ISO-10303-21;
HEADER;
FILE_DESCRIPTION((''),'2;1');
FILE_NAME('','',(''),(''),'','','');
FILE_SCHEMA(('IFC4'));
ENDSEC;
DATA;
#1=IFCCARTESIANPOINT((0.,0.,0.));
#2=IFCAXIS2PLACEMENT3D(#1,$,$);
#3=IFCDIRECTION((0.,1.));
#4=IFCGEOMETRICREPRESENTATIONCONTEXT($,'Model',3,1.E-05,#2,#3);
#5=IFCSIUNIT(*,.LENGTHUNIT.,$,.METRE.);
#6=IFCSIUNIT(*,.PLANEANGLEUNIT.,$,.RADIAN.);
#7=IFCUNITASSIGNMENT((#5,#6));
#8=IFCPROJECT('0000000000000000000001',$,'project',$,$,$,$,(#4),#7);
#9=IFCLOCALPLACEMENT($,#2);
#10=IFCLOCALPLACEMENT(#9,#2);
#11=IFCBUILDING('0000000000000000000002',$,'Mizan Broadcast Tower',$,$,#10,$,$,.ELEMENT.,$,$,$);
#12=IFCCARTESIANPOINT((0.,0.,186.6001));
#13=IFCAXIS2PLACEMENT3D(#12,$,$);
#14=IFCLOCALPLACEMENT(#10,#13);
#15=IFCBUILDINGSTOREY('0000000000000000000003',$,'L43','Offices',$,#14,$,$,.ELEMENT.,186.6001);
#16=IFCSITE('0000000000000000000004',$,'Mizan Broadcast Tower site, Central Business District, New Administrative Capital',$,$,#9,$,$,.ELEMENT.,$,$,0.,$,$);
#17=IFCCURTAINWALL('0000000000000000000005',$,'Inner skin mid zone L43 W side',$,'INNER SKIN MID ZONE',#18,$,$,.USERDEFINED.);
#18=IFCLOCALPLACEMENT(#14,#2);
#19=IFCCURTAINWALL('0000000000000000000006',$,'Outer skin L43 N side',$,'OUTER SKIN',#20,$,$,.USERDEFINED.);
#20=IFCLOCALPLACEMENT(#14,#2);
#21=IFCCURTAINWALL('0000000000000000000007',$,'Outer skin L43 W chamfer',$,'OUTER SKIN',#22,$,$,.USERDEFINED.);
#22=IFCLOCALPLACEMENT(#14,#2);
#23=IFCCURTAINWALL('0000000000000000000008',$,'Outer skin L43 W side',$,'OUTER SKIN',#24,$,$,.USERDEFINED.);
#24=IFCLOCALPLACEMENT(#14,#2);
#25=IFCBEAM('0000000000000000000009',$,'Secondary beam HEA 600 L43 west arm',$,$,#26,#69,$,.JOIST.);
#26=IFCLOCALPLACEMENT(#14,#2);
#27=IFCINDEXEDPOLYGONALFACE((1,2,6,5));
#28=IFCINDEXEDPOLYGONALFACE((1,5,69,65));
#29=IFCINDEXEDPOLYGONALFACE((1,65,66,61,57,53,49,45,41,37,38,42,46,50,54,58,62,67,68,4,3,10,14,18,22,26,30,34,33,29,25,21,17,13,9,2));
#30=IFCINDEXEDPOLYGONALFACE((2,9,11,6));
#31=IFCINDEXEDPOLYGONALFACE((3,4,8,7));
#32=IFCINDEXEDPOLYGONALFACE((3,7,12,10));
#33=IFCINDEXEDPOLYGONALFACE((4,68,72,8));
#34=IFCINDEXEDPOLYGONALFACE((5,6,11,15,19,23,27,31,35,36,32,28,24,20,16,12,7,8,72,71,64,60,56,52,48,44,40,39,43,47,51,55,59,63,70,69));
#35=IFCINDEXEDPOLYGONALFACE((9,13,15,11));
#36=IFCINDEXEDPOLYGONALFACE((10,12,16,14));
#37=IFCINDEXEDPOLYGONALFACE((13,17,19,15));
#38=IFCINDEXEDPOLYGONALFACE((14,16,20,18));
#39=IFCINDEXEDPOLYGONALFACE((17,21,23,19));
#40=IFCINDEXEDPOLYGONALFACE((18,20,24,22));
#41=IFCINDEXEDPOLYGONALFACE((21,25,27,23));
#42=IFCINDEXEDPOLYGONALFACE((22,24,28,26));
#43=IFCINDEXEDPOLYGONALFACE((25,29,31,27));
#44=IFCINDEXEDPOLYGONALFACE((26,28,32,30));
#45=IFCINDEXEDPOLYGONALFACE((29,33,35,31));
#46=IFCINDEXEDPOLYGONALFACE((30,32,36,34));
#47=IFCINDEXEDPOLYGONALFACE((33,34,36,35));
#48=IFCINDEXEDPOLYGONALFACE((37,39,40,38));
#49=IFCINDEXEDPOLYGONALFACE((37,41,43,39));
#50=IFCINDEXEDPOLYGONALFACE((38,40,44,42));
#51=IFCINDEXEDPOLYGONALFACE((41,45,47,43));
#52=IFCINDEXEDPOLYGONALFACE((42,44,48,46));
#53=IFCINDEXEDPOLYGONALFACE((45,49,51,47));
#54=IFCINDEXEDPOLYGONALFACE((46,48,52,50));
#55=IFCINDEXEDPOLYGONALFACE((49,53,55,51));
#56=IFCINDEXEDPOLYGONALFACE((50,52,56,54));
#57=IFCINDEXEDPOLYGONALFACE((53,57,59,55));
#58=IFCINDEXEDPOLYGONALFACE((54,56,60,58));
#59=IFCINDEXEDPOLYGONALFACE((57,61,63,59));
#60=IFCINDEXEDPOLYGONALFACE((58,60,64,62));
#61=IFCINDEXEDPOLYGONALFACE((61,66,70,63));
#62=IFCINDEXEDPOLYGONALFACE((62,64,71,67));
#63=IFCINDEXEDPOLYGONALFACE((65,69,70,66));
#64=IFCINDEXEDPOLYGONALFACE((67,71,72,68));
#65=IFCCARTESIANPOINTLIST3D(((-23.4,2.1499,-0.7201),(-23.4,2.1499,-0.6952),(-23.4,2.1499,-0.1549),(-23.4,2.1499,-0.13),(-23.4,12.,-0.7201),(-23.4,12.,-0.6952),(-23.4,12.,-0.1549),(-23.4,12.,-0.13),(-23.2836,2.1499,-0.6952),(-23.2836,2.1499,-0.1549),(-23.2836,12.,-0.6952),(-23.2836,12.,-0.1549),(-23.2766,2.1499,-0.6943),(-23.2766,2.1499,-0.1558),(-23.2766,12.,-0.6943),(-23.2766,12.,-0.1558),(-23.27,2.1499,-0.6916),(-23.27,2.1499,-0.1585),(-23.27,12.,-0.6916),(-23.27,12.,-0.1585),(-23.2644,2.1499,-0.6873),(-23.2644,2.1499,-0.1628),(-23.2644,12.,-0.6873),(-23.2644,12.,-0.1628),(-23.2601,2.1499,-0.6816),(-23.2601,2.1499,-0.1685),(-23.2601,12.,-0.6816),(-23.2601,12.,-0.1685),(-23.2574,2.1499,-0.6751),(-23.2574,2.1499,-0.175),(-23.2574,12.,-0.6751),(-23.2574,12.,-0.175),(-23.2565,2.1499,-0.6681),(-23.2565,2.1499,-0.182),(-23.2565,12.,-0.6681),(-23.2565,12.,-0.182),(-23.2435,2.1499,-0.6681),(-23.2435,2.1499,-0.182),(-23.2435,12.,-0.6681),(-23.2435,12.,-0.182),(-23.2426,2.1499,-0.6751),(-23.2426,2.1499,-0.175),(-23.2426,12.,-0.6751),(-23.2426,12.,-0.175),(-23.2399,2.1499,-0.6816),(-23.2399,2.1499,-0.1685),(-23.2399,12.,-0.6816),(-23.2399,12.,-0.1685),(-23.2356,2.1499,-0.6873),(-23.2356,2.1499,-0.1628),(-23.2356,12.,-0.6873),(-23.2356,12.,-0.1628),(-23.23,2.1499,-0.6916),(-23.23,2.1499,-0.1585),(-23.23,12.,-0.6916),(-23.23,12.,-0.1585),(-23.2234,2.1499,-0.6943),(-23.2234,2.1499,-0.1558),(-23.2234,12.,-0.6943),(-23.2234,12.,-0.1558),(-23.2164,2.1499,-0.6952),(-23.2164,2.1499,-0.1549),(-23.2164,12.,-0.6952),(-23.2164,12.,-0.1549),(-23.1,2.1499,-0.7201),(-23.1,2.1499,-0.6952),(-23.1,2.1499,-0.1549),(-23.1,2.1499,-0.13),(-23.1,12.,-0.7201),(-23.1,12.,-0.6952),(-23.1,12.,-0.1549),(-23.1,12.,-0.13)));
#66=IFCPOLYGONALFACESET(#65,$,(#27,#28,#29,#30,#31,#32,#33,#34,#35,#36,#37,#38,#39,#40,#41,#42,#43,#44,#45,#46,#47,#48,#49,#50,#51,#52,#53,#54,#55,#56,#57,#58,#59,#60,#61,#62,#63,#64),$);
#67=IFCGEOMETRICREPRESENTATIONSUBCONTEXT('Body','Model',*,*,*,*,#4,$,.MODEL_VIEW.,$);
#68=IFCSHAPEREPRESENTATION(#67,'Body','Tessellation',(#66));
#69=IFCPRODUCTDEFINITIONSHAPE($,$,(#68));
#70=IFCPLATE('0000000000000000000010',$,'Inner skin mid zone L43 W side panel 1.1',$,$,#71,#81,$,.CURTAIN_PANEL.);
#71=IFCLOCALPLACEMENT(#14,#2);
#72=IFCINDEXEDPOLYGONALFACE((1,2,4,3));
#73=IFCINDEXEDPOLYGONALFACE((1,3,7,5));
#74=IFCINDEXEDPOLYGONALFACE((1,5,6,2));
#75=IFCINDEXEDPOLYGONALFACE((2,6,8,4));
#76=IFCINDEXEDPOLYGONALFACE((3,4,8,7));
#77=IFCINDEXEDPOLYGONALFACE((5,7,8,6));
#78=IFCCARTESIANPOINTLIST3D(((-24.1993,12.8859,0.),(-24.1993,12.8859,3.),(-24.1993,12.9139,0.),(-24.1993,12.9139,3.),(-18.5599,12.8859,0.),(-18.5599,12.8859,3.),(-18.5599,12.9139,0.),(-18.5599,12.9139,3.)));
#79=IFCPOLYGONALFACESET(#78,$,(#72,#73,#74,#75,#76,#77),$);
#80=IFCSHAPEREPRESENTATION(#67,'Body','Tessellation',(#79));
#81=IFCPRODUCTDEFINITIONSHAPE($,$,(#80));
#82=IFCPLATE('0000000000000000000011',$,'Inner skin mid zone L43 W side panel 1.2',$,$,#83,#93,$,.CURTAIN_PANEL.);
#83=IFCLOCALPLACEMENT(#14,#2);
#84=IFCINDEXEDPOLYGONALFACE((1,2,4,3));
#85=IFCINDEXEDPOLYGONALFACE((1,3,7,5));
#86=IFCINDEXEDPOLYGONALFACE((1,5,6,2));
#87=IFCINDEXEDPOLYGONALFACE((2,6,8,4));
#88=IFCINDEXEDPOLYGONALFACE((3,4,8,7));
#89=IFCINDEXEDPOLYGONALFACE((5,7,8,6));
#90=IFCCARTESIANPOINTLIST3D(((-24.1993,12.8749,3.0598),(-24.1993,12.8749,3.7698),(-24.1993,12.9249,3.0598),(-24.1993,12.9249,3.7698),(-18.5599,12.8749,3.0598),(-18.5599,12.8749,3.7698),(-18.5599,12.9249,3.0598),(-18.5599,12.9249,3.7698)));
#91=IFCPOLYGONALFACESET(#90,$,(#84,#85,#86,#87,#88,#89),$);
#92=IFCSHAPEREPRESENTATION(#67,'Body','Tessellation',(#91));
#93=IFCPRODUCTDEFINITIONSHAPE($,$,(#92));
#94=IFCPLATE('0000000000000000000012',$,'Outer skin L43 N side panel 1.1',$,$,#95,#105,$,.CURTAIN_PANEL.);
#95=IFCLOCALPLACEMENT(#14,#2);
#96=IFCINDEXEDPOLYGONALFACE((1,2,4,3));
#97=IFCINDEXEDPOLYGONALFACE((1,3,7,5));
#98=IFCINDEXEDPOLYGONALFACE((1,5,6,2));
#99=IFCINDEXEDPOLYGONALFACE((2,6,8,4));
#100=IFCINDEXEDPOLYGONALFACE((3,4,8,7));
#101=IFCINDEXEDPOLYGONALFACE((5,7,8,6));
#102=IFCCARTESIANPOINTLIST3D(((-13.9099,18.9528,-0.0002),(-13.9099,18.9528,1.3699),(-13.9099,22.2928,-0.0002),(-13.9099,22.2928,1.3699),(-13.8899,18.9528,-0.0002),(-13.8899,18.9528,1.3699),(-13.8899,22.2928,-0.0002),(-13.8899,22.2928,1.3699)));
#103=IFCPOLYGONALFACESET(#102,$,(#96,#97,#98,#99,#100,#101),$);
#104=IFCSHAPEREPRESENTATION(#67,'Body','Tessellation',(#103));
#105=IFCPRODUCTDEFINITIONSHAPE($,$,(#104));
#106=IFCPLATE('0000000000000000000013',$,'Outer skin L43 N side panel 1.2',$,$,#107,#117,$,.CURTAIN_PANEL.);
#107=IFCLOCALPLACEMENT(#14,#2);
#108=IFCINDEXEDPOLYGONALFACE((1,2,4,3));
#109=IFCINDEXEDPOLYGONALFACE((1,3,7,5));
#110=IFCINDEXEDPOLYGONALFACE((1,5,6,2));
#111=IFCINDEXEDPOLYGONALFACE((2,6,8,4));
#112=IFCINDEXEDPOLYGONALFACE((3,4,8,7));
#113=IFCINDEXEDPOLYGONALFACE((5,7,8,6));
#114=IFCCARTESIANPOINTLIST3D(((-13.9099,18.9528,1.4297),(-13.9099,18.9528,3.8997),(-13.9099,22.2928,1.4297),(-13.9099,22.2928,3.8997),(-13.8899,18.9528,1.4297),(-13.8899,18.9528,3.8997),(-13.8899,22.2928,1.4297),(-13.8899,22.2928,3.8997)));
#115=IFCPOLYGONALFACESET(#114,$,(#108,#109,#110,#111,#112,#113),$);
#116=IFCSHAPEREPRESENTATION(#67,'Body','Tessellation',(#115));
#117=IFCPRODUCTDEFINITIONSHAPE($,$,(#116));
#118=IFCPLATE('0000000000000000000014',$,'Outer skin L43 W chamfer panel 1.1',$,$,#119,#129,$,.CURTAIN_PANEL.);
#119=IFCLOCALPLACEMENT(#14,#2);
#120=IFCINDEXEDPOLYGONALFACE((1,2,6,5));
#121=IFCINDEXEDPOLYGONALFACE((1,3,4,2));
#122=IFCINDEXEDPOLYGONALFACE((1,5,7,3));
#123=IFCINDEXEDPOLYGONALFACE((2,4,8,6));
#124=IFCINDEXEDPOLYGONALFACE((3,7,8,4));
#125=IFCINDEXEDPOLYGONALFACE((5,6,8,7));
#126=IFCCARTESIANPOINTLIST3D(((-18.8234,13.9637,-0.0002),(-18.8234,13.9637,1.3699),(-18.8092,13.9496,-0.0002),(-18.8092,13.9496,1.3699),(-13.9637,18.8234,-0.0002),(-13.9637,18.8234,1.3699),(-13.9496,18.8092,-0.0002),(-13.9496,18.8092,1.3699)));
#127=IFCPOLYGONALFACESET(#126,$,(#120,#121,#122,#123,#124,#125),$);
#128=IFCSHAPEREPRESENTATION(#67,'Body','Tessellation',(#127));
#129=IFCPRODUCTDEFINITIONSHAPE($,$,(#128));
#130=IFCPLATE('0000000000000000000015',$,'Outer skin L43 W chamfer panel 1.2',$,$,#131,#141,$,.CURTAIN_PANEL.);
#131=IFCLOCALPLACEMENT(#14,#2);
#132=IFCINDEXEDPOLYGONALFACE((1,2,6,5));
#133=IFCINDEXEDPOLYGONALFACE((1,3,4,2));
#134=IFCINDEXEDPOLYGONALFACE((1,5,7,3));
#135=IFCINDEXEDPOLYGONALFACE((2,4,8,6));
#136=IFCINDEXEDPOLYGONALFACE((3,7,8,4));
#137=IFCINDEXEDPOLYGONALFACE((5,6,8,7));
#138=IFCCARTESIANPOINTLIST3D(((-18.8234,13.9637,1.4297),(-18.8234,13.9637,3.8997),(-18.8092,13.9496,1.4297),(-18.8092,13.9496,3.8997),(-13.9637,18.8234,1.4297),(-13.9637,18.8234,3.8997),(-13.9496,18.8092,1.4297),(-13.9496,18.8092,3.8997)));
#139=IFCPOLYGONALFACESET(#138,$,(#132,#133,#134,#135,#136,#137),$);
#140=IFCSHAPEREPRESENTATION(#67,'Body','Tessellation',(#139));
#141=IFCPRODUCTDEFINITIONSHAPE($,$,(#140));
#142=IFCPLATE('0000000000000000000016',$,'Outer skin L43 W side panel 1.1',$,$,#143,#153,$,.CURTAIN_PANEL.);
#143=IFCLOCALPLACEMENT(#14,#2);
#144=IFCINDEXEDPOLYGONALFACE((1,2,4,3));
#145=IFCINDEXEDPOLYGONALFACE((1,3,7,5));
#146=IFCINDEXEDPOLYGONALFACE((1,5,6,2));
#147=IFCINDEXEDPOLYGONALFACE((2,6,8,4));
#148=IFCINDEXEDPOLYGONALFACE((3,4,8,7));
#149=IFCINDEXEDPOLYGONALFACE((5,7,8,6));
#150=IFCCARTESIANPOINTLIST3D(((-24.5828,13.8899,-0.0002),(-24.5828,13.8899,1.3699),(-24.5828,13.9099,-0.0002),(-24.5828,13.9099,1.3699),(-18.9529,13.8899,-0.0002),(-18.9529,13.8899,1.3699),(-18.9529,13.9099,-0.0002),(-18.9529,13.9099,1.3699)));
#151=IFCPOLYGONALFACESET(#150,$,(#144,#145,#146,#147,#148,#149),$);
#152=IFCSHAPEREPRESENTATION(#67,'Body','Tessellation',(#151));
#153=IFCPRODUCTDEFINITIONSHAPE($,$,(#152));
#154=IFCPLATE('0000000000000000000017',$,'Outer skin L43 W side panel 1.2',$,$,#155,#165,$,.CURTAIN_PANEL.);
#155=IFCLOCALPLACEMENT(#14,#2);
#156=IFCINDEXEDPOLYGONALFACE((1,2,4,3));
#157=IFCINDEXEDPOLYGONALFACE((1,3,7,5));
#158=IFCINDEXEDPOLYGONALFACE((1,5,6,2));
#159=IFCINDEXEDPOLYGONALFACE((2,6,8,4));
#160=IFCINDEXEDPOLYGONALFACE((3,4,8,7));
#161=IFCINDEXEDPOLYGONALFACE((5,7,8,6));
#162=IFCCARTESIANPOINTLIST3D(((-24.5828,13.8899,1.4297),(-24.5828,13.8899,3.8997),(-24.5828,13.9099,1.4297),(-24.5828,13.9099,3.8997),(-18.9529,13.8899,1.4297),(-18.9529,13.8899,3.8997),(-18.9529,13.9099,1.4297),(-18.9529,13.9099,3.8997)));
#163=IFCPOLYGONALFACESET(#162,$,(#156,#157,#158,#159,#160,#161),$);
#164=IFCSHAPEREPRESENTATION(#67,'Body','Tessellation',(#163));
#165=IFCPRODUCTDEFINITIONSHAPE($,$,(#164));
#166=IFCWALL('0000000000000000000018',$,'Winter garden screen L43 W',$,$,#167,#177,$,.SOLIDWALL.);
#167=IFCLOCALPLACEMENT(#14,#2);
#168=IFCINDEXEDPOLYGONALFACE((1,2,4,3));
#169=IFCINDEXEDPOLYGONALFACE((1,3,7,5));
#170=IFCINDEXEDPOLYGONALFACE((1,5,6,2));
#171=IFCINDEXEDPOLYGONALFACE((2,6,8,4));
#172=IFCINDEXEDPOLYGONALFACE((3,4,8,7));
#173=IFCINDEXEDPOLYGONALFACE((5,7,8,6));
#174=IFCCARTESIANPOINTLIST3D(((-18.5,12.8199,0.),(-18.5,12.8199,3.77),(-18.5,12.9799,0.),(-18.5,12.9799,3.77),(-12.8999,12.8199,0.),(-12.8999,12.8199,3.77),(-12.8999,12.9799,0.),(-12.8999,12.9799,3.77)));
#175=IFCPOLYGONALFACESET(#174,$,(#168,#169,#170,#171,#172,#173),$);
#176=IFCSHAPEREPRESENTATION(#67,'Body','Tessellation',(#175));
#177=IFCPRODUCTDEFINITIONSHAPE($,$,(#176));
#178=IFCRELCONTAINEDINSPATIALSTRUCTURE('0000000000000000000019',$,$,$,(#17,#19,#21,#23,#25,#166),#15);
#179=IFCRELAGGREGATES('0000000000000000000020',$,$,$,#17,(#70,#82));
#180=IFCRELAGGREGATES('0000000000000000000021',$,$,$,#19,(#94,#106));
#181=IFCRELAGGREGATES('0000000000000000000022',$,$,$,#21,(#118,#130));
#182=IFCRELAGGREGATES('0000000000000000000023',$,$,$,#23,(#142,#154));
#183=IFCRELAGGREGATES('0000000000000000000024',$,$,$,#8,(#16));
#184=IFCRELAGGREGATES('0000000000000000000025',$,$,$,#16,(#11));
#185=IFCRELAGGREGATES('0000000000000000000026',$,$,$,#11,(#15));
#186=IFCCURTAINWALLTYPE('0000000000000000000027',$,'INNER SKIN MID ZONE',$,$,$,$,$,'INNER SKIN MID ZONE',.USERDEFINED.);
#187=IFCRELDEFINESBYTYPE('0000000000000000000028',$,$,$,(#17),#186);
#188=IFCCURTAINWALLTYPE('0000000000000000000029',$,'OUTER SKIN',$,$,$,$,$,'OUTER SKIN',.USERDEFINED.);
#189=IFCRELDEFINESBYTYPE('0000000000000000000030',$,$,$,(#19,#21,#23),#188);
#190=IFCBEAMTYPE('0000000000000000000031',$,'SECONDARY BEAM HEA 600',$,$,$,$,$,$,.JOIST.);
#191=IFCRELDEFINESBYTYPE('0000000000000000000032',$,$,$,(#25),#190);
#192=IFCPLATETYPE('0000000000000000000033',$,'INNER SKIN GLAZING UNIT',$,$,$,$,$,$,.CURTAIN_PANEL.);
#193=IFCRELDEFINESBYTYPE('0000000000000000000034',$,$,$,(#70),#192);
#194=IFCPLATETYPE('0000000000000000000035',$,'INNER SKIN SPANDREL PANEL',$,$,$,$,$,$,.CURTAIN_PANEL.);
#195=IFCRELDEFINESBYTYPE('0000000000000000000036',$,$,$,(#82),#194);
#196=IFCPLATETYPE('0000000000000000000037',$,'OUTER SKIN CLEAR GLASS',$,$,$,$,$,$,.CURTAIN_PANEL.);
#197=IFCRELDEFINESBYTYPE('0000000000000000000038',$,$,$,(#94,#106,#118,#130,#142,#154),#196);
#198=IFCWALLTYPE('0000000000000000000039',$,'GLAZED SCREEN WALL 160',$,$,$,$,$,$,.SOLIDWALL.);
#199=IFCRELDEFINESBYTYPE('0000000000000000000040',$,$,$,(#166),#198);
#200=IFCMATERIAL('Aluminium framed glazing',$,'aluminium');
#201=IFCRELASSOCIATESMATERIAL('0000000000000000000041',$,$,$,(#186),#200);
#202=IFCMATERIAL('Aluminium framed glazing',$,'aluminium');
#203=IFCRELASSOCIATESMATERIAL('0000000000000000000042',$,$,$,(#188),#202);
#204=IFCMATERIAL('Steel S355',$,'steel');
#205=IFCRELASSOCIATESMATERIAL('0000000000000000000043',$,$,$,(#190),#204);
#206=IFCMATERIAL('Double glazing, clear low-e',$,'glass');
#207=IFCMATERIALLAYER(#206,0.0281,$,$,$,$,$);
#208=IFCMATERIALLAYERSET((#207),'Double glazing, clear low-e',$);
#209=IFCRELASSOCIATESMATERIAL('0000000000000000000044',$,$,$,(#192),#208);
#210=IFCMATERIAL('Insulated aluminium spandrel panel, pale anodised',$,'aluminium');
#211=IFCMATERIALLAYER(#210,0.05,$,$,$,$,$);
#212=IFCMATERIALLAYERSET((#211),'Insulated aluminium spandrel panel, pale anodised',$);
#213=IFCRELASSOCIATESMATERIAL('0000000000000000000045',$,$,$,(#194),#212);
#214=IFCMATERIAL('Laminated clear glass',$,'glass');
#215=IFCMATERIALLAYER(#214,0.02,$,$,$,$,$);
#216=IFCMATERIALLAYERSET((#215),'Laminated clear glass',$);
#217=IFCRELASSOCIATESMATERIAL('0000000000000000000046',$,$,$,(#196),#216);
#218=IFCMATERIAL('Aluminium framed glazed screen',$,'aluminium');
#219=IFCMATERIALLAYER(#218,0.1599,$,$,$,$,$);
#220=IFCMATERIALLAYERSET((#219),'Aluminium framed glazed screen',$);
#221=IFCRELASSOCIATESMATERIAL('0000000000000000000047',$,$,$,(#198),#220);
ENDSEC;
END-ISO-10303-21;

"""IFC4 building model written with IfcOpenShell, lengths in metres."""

from ifc_helpers import new_model, si_unit, direction, frame, frame_2d, origin, origin_2d, place, context, subcontext, project, spatial, rectangle, i_section, extrude, material, layer, layer_set, material_profile, profile_set, type_object, element, aggregate, save


model = new_model("IFC4")

# Units and contexts
model_context = context("Model", 3, precision=1e-05, world=origin(), true_north=direction((0.0, 1.0)))
body_context = subcontext(model_context, "Body", "Model", "MODEL_VIEW")
ifc_project = project(units=[si_unit("LENGTHUNIT", "METRE"), si_unit("PLANEANGLEUNIT", "RADIAN")], contexts=[model_context])

# Site, building, storey
site_placement = place(None, origin())
site = spatial("IfcSite", under=ifc_project, at=site_placement, Name="Mizan Broadcast Tower site, Central Business District, New Administrative Capital", CompositionType="ELEMENT", RefElevation=0.0)
building_placement = place(site_placement, origin())
building = spatial("IfcBuilding", under=site, at=building_placement, Name="Mizan Broadcast Tower", CompositionType="ELEMENT")
storey_placement = place(building_placement, frame((0.0, 0.0, 186.6001)))
storey = spatial("IfcBuildingStorey", under=building, at=storey_placement, Name="L43", Description="Offices", CompositionType="ELEMENT", Elevation=186.6001)

# Curtain wall
ifc_material_1 = material(Name="Aluminium framed glazing", Category="aluminium")
curtain_wall_type_1 = type_object("IfcCurtainWallType", Name="INNER SKIN MID ZONE", ElementType="INNER SKIN MID ZONE", PredefinedType="USERDEFINED", material=ifc_material_1)
curtain_wall_1_placement = place(storey_placement, origin())
curtain_wall_1 = element("IfcCurtainWall", 1, at=curtain_wall_1_placement, inside=storey, type_object=curtain_wall_type_1, Name="Inner skin mid zone L43 W side", ObjectType="INNER SKIN MID ZONE", PredefinedType="USERDEFINED")

# Curtain walls
ifc_material_2 = material(Name="Aluminium framed glazing", Category="aluminium")
curtain_wall_type_2 = type_object("IfcCurtainWallType", Name="OUTER SKIN", ElementType="OUTER SKIN", PredefinedType="USERDEFINED", material=ifc_material_2)
curtain_wall_2_placement = place(storey_placement, origin())
curtain_wall_2 = element("IfcCurtainWall", 2, at=curtain_wall_2_placement, inside=storey, type_object=curtain_wall_type_2, Name="Outer skin L43 N side", ObjectType="OUTER SKIN", PredefinedType="USERDEFINED")
curtain_wall_3_placement = place(storey_placement, origin())
curtain_wall_3 = element("IfcCurtainWall", 3, at=curtain_wall_3_placement, inside=storey, type_object=curtain_wall_type_2, Name="Outer skin L43 W chamfer", ObjectType="OUTER SKIN", PredefinedType="USERDEFINED")
curtain_wall_4_placement = place(storey_placement, origin())
curtain_wall_4 = element("IfcCurtainWall", 4, at=curtain_wall_4_placement, inside=storey, type_object=curtain_wall_type_2, Name="Outer skin L43 W side", ObjectType="OUTER SKIN", PredefinedType="USERDEFINED")

# Beam
ifc_material_3 = material(Name="Steel S355", Category="steel")
ifc_material_profile_1 = material_profile(ifc_material_3, i_section(OverallWidth=0.3, OverallDepth=0.5901, WebThickness=0.0129, FlangeThickness=0.0249, FilletRadius=0.0271, at=origin_2d()), Name="HEA 600")
ifc_profile_set_1 = profile_set([ifc_material_profile_1], Name="Steel S355")
beam_type_1 = type_object("IfcBeamType", Name="SECONDARY BEAM HEA 600", PredefinedType="JOIST", material=ifc_profile_set_1)
for number, where, z_axis, x_axis, name in (
    (5, (-23.25, 12.0, -0.425), (0.0, -1.0, 0.0), (1.0, 0.0, 0.0), "Secondary beam HEA 600 L43 west arm"),
):
    element("IfcBeam", number, at=place(storey_placement, frame(where, z_axis=z_axis, x_axis=x_axis)), inside=storey, type_object=beam_type_1, Name=name, PredefinedType="JOIST", context=body_context, shape_type="SweptSolid", body=[
        extrude(i_section(OverallWidth=0.3, OverallDepth=0.5901, WebThickness=0.0129, FlangeThickness=0.0249, FilletRadius=0.0271, at=origin_2d()), origin(), (0.0, 0.0, 1.0), 9.8501),
    ])

# Plates
ifc_material_4 = material(Name="Double glazing, clear low-e", Category="glass")
ifc_layer_1 = layer(ifc_material_4, 0.0281)
ifc_layer_set_1 = layer_set([ifc_layer_1], Name="Double glazing, clear low-e")
plate_type_1 = type_object("IfcPlateType", Name="INNER SKIN GLAZING UNIT", PredefinedType="CURTAIN_PANEL", material=ifc_layer_set_1)
plate_1_placement = place(storey_placement, frame((-21.3796, 12.8999, 0.0), z_axis=(0.0, 0.0, 1.0), x_axis=(-1.0, 0.0, 0.0)))
plate_1 = element("IfcPlate", 6, at=plate_1_placement, type_object=plate_type_1, Name="Inner skin mid zone L43 W side panel 1.1", PredefinedType="CURTAIN_PANEL", context=body_context, shape_type="SweptSolid", body=[
    extrude(rectangle(XDim=5.6394, YDim=0.0281, at=origin_2d()), origin(), (0.0, 0.0, 1.0), 3.0),
])
ifc_material_5 = material(Name="Insulated aluminium spandrel panel, pale anodised", Category="aluminium")
ifc_layer_2 = layer(ifc_material_5, 0.05)
ifc_layer_set_2 = layer_set([ifc_layer_2], Name="Insulated aluminium spandrel panel, pale anodised")
plate_type_2 = type_object("IfcPlateType", Name="INNER SKIN SPANDREL PANEL", PredefinedType="CURTAIN_PANEL", material=ifc_layer_set_2)
plate_2_placement = place(storey_placement, frame((-21.3796, 12.8999, 3.0598), z_axis=(0.0, 0.0, 1.0), x_axis=(-1.0, 0.0, 0.0)))
plate_2 = element("IfcPlate", 7, at=plate_2_placement, type_object=plate_type_2, Name="Inner skin mid zone L43 W side panel 1.2", PredefinedType="CURTAIN_PANEL", context=body_context, shape_type="SweptSolid", body=[
    extrude(rectangle(XDim=5.6394, YDim=0.05, at=origin_2d()), origin(), (0.0, 0.0, 1.0), 0.71),
])
aggregate(curtain_wall_1, [plate_1, plate_2])
ifc_material_6 = material(Name="Laminated clear glass", Category="glass")
ifc_layer_3 = layer(ifc_material_6, 0.02)
ifc_layer_set_3 = layer_set([ifc_layer_3], Name="Laminated clear glass")
plate_type_3 = type_object("IfcPlateType", Name="OUTER SKIN CLEAR GLASS", PredefinedType="CURTAIN_PANEL", material=ifc_layer_set_3)
plate_3_placement = place(storey_placement, frame((-13.8999, 20.6228, -0.0002), z_axis=(0.0, 0.0, 1.0), x_axis=(0.0, -1.0, 0.0)))
plate_3 = element("IfcPlate", 8, at=plate_3_placement, type_object=plate_type_3, Name="Outer skin L43 N side panel 1.1", PredefinedType="CURTAIN_PANEL", context=body_context, shape_type="SweptSolid", body=[
    extrude(rectangle(XDim=3.3401, YDim=0.02, at=origin_2d()), origin(), (0.0, 0.0, 1.0), 1.3701),
])
plate_4_placement = place(storey_placement, frame((-13.8999, 20.6228, 1.4297), z_axis=(0.0, 0.0, 1.0), x_axis=(0.0, -1.0, 0.0)))
plate_4 = element("IfcPlate", 9, at=plate_4_placement, type_object=plate_type_3, Name="Outer skin L43 N side panel 1.2", PredefinedType="CURTAIN_PANEL", context=body_context, shape_type="SweptSolid", body=[
    extrude(rectangle(XDim=3.3401, YDim=0.02, at=origin_2d()), origin(), (0.0, 0.0, 1.0), 2.47),
])
aggregate(curtain_wall_2, [plate_3, plate_4])
plate_5_placement = place(storey_placement, frame((-16.3865, 16.3865, -0.0002), z_axis=(0.0, 0.0, 1.0), x_axis=(-0.707107, -0.707107, 0.0)))
plate_5 = element("IfcPlate", 10, at=plate_5_placement, type_object=plate_type_3, Name="Outer skin L43 W chamfer panel 1.1", PredefinedType="CURTAIN_PANEL", context=body_context, shape_type="SweptSolid", body=[
    extrude(rectangle(XDim=6.8726, YDim=0.02, at=origin_2d()), origin(), (0.0, 0.0, 1.0), 1.3701),
])
plate_6_placement = place(storey_placement, frame((-16.3865, 16.3865, 1.4297), z_axis=(0.0, 0.0, 1.0), x_axis=(-0.707107, -0.707107, 0.0)))
plate_6 = element("IfcPlate", 11, at=plate_6_placement, type_object=plate_type_3, Name="Outer skin L43 W chamfer panel 1.2", PredefinedType="CURTAIN_PANEL", context=body_context, shape_type="SweptSolid", body=[
    extrude(rectangle(XDim=6.8726, YDim=0.02, at=origin_2d()), origin(), (0.0, 0.0, 1.0), 2.47),
])
aggregate(curtain_wall_3, [plate_5, plate_6])
plate_7_placement = place(storey_placement, frame((-21.7678, 13.8999, -0.0002), z_axis=(0.0, 0.0, 1.0), x_axis=(-1.0, 0.0, 0.0)))
plate_7 = element("IfcPlate", 12, at=plate_7_placement, type_object=plate_type_3, Name="Outer skin L43 W side panel 1.1", PredefinedType="CURTAIN_PANEL", context=body_context, shape_type="SweptSolid", body=[
    extrude(rectangle(XDim=5.6299, YDim=0.02, at=origin_2d()), origin(), (0.0, 0.0, 1.0), 1.3701),
])
plate_8_placement = place(storey_placement, frame((-21.7678, 13.8999, 1.4297), z_axis=(0.0, 0.0, 1.0), x_axis=(-1.0, 0.0, 0.0)))
plate_8 = element("IfcPlate", 13, at=plate_8_placement, type_object=plate_type_3, Name="Outer skin L43 W side panel 1.2", PredefinedType="CURTAIN_PANEL", context=body_context, shape_type="SweptSolid", body=[
    extrude(rectangle(XDim=5.6299, YDim=0.02, at=origin_2d()), origin(), (0.0, 0.0, 1.0), 2.47),
])
aggregate(curtain_wall_4, [plate_7, plate_8])

# Wall
ifc_material_7 = material(Name="Aluminium framed glazed screen", Category="aluminium")
ifc_layer_4 = layer(ifc_material_7, 0.1599)
ifc_layer_set_4 = layer_set([ifc_layer_4], Name="Aluminium framed glazed screen")
wall_type_1 = type_object("IfcWallType", Name="GLAZED SCREEN WALL 160", PredefinedType="SOLIDWALL", material=ifc_layer_set_4)
wall_1_placement = place(storey_placement, frame((-12.8999, 12.8999, 0.0), z_axis=(0.0, 0.0, 1.0), x_axis=(-1.0, 0.0, 0.0)))
element("IfcWall", 14, at=wall_1_placement, inside=storey, type_object=wall_type_1, Name="Winter garden screen L43 W", PredefinedType="SOLIDWALL", context=body_context, shape_type="SweptSolid", body=[
    extrude(rectangle(XDim=5.6001, YDim=0.1599, at=frame_2d((2.8, 0.0))), origin(), (0.0, 0.0, 1.0), 3.77),
])

save(model, "model.ifc")
